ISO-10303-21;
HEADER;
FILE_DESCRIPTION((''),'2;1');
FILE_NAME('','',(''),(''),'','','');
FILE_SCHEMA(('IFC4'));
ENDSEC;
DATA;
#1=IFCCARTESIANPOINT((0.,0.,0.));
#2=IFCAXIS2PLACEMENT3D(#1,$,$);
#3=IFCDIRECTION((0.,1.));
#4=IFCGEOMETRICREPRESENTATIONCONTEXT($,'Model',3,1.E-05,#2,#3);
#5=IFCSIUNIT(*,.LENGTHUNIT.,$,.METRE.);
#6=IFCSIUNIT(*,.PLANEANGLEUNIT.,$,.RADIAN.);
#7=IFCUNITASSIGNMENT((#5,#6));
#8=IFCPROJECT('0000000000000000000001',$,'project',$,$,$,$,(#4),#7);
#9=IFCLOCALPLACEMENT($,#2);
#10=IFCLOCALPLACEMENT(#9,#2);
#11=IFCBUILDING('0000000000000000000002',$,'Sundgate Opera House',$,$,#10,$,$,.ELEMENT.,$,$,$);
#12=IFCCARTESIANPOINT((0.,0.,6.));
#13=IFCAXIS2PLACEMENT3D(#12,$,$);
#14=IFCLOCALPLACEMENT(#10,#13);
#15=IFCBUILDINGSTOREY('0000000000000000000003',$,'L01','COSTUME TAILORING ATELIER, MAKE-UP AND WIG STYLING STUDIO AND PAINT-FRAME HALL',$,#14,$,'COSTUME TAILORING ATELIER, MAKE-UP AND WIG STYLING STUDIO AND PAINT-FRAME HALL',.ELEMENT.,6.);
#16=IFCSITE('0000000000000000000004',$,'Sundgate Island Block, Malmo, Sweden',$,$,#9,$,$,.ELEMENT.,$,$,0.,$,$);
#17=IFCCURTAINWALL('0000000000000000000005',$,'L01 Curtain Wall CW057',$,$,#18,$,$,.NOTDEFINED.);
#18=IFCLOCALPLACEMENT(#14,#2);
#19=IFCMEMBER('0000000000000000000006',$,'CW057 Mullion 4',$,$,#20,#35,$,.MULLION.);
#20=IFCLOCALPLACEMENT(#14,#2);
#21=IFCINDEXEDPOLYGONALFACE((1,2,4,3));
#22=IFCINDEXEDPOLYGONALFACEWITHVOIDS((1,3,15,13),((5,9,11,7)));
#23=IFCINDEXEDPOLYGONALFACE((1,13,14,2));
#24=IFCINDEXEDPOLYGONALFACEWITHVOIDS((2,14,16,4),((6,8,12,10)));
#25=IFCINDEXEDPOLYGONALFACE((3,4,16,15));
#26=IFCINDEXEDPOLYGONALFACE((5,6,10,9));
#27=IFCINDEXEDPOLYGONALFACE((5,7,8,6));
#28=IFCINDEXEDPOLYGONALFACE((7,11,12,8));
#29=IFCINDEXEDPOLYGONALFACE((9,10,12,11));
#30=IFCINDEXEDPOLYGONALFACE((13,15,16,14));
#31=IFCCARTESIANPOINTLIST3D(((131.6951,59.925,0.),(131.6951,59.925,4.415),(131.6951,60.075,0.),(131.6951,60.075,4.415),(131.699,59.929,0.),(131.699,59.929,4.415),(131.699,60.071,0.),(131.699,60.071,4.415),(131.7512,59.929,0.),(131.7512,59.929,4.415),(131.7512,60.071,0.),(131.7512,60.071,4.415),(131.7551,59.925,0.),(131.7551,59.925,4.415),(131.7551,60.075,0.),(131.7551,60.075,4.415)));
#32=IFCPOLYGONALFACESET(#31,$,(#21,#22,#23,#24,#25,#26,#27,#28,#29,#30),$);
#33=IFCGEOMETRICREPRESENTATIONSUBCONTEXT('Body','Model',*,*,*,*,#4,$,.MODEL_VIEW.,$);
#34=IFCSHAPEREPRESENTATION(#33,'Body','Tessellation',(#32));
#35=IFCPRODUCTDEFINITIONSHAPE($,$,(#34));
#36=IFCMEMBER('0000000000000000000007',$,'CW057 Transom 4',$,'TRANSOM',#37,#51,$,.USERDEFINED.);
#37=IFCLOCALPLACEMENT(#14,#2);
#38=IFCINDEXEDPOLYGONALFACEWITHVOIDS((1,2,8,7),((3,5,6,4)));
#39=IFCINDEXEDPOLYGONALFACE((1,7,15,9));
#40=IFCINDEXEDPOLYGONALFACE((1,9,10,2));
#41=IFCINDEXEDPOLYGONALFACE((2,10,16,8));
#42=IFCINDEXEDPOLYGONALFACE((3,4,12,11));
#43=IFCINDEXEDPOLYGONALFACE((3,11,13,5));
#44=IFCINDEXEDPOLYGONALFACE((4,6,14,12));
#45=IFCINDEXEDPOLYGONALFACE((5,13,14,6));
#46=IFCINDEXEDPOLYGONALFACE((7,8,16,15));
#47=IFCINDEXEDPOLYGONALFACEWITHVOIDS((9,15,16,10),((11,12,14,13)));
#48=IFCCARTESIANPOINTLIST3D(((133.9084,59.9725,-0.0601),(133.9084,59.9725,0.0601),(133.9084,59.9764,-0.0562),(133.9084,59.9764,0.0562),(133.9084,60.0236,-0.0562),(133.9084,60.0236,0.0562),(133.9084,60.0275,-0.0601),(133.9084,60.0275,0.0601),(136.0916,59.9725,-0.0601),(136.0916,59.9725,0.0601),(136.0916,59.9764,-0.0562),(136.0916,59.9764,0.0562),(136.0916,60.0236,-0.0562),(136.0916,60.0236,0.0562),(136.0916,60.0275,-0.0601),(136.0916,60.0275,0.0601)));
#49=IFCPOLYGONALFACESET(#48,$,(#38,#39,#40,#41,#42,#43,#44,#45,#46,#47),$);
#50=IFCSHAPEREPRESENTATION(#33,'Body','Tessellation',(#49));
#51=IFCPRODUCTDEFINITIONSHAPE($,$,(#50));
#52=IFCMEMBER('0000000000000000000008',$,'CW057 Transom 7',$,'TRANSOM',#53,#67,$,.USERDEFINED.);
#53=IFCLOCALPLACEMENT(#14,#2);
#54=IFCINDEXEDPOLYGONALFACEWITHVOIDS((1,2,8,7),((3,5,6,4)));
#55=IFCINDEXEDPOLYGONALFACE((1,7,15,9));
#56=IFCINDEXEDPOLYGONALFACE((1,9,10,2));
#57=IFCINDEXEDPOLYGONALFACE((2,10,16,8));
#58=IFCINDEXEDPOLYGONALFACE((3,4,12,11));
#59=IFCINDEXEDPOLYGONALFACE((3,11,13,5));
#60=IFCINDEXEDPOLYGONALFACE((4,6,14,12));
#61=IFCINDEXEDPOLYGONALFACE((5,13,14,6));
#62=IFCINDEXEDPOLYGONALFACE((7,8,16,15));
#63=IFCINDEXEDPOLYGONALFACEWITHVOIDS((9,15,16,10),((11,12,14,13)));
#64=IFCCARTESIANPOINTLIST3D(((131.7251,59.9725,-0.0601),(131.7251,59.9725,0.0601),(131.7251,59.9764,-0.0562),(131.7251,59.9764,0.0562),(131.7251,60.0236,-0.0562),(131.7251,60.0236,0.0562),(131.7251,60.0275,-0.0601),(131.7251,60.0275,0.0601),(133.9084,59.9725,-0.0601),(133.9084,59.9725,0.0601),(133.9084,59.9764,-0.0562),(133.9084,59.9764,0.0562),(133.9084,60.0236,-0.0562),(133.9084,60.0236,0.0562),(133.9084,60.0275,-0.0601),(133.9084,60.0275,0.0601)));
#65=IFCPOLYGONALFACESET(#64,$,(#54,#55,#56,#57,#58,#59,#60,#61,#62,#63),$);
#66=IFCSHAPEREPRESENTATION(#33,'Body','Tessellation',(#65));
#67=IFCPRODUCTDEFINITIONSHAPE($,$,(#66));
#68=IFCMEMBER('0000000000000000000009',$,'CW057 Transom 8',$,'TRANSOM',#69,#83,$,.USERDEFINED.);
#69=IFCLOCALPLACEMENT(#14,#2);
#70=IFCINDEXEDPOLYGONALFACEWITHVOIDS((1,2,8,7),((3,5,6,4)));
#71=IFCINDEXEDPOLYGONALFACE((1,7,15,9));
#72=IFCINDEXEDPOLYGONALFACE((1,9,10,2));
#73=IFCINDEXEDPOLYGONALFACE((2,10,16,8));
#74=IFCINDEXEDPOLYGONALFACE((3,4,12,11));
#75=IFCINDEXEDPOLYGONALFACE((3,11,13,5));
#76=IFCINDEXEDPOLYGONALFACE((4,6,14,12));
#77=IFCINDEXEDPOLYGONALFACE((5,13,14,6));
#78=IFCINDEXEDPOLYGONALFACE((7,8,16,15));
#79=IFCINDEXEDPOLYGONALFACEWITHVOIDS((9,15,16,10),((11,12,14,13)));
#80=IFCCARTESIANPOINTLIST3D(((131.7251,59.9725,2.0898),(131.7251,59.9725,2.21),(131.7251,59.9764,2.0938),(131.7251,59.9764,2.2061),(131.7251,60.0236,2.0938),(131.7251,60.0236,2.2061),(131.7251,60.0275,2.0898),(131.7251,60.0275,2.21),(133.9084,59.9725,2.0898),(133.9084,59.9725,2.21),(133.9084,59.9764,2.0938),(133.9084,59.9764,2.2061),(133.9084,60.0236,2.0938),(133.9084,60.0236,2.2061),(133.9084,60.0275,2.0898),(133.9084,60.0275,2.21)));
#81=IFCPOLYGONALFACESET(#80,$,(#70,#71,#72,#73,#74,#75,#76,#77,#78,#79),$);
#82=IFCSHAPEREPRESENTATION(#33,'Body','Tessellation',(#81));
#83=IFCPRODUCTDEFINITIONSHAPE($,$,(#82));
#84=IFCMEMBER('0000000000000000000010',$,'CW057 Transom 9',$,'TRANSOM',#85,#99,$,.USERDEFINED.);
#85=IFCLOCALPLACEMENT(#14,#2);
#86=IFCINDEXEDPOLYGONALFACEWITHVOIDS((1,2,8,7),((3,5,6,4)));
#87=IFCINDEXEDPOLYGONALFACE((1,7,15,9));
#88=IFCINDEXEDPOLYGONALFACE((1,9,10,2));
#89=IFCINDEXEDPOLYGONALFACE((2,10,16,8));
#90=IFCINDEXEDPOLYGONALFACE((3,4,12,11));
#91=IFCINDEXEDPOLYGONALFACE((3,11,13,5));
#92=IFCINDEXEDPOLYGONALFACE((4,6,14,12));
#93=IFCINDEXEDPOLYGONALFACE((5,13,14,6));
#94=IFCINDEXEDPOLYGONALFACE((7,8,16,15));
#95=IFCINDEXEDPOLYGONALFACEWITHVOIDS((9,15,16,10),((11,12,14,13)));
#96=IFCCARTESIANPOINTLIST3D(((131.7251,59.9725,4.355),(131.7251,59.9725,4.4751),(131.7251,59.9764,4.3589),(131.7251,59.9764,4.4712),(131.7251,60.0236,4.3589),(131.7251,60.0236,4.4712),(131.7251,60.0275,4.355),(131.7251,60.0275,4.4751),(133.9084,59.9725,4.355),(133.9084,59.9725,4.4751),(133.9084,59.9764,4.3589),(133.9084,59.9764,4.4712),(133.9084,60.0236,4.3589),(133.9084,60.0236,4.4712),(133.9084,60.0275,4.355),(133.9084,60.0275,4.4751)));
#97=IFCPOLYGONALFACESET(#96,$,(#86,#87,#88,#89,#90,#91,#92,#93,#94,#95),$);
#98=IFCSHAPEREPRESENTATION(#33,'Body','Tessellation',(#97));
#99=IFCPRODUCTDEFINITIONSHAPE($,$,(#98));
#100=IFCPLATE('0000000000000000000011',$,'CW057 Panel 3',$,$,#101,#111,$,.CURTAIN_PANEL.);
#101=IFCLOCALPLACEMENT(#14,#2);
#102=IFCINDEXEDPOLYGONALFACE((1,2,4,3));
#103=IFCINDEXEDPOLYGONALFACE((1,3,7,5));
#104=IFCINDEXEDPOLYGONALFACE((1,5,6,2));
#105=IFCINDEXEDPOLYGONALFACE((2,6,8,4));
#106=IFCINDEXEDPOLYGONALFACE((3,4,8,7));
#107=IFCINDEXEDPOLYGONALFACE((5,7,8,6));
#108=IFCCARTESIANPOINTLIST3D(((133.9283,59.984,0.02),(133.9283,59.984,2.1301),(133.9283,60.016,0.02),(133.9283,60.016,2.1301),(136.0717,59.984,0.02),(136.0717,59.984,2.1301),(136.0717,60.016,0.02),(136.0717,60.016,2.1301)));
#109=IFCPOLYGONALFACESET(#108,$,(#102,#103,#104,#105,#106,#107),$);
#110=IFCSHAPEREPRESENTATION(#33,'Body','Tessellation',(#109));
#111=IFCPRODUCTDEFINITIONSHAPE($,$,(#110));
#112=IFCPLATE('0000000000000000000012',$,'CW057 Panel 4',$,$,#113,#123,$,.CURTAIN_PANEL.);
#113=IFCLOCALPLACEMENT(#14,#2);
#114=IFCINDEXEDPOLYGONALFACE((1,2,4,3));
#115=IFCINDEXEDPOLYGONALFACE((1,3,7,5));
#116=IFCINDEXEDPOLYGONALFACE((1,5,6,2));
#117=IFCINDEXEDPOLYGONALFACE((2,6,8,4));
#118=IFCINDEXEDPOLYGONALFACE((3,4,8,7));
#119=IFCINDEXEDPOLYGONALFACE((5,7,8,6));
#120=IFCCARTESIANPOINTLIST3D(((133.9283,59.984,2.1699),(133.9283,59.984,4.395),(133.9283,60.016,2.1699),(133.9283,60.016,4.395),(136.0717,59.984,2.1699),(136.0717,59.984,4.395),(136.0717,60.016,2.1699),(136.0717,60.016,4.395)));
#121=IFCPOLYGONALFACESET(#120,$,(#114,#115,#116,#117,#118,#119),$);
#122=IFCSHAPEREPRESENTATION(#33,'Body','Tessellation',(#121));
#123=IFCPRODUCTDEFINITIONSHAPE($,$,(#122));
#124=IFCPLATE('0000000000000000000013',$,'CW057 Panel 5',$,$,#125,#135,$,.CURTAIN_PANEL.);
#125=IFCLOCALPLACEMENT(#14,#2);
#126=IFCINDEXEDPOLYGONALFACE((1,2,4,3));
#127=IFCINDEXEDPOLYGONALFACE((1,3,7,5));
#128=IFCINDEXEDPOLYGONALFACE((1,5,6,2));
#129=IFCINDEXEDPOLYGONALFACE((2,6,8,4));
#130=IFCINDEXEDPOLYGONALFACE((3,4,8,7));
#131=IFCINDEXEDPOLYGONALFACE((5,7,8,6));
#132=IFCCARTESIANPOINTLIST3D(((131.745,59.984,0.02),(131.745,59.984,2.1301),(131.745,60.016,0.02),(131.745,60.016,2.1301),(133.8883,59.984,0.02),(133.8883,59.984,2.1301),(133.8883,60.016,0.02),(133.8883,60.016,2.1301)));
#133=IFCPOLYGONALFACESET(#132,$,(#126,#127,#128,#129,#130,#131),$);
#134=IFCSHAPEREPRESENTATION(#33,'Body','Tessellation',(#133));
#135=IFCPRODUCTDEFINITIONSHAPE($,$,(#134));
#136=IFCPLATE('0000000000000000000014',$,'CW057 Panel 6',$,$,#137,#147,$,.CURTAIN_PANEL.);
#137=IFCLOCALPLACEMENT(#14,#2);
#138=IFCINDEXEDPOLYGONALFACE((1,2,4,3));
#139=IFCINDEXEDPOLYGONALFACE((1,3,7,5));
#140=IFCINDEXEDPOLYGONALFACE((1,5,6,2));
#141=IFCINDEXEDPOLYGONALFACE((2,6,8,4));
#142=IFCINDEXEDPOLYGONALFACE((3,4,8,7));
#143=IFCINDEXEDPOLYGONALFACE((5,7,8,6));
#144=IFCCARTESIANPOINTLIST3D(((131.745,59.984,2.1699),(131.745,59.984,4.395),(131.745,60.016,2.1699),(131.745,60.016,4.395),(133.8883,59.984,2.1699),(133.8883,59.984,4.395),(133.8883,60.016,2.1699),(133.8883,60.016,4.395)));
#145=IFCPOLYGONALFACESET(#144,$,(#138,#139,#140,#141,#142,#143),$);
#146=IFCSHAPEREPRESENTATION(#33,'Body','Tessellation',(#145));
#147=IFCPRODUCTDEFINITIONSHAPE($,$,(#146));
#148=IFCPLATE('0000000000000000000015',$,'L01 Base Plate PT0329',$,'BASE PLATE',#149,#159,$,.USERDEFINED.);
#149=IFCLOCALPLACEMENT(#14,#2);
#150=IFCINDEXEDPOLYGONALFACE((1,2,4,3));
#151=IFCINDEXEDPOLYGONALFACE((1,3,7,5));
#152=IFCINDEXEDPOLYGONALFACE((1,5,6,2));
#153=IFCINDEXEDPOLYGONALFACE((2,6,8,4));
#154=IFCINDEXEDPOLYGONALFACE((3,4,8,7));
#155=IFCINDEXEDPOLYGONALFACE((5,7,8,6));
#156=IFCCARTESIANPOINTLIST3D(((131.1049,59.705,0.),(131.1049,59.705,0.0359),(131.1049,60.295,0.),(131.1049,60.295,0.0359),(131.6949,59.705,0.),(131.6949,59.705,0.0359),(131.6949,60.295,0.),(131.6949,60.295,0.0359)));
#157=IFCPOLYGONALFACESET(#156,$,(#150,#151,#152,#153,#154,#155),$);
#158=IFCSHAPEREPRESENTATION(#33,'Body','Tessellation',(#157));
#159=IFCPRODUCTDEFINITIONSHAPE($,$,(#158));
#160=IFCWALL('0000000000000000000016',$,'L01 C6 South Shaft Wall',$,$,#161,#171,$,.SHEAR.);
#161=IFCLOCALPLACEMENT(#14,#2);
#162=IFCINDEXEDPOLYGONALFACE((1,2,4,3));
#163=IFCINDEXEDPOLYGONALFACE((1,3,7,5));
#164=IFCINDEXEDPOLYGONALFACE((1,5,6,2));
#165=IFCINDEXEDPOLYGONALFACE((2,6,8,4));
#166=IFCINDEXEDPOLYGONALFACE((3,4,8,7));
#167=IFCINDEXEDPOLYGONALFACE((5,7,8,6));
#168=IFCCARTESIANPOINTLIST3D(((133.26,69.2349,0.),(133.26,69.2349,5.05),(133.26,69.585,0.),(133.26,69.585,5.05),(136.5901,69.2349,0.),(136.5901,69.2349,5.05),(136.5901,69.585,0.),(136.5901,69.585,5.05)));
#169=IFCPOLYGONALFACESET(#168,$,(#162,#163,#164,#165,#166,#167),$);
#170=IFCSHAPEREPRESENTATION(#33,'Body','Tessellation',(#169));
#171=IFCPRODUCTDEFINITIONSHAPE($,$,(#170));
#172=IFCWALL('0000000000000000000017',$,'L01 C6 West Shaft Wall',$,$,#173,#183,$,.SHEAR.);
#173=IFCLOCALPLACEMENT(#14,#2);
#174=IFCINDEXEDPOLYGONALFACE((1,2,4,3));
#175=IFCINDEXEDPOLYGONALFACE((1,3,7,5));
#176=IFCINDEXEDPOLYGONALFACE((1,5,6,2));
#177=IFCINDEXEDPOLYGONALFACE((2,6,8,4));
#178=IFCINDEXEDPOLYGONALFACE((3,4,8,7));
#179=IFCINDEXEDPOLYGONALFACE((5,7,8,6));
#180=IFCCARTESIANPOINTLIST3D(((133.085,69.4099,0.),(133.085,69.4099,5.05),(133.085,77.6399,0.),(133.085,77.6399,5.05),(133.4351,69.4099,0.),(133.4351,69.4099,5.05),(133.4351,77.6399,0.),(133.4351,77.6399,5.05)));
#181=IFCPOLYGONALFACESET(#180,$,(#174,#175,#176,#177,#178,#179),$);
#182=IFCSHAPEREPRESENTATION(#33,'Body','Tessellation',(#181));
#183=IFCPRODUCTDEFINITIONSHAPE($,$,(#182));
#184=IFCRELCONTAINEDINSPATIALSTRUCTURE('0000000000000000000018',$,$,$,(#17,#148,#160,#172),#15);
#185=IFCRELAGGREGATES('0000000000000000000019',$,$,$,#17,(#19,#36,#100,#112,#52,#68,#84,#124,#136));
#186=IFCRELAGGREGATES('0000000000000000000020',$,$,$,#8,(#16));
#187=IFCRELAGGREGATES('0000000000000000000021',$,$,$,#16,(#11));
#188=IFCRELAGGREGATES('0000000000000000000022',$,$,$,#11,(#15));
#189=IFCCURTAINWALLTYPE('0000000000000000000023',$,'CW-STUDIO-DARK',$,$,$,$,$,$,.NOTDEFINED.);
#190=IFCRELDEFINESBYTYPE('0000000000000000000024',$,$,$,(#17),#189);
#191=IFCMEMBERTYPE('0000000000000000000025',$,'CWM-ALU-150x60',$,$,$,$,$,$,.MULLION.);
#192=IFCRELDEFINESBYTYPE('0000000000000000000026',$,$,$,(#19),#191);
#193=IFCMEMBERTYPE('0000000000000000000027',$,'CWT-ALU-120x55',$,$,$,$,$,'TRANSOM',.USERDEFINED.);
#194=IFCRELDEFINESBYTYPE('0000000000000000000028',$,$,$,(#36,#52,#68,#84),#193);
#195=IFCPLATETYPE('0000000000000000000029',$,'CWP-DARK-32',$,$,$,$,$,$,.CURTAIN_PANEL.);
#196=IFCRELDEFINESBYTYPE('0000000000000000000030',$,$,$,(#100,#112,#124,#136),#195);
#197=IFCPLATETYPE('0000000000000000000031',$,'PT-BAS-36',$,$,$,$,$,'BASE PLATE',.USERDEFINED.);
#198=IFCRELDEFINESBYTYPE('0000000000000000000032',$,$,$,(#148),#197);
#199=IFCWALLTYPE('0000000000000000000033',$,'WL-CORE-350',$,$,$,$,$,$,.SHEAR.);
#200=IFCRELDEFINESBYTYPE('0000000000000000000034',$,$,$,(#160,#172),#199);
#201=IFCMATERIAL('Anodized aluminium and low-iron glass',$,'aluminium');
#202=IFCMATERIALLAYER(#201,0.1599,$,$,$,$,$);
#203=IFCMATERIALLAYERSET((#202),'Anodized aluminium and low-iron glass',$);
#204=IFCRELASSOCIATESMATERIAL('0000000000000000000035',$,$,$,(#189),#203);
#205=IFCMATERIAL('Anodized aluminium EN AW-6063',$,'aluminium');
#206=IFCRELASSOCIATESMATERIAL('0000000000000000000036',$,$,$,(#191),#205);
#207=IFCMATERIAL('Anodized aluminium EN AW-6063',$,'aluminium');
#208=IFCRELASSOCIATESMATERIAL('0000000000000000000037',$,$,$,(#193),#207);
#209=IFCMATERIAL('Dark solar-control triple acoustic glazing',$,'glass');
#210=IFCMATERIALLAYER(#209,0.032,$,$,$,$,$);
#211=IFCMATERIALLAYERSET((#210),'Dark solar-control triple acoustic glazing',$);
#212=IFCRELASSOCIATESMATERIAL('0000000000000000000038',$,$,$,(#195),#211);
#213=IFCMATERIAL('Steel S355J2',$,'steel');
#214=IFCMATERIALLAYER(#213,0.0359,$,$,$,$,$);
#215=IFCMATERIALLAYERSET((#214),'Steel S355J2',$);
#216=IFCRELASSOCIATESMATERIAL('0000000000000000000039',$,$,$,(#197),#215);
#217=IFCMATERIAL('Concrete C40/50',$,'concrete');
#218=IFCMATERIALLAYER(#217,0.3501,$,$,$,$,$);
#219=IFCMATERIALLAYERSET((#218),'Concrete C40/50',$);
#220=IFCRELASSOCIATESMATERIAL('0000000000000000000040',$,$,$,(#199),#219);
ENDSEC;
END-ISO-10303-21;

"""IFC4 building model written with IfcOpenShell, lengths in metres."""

from ifc_helpers import new_model, si_unit, direction, frame, frame_2d, origin, origin_2d, place, context, subcontext, project, spatial, rectangle, hollow_rectangle, extrude, material, layer, layer_set, material_profile, profile_set, type_object, element, aggregate, save


model = new_model("IFC4")

# Units and contexts
model_context = context("Model", 3, precision=1e-05, world=origin(), true_north=direction((0.0, 1.0)))
body_context = subcontext(model_context, "Body", "Model", "MODEL_VIEW")
ifc_project = project(units=[si_unit("LENGTHUNIT", "METRE"), si_unit("PLANEANGLEUNIT", "RADIAN")], contexts=[model_context])

# Site, building, storey
site_placement = place(None, origin())
site = spatial("IfcSite", under=ifc_project, at=site_placement, Name="Sundgate Island Block, Malmo, Sweden", CompositionType="ELEMENT", RefElevation=0.0)
building_placement = place(site_placement, origin())
building = spatial("IfcBuilding", under=site, at=building_placement, Name="Sundgate Opera House", CompositionType="ELEMENT")
storey_placement = place(building_placement, frame((0.0, 0.0, 6.0)))
storey = spatial("IfcBuildingStorey", under=building, at=storey_placement, Name="L01", Description="COSTUME TAILORING ATELIER, MAKE-UP AND WIG STYLING STUDIO AND PAINT-FRAME HALL", LongName="COSTUME TAILORING ATELIER, MAKE-UP AND WIG STYLING STUDIO AND PAINT-FRAME HALL", CompositionType="ELEMENT", Elevation=6.0)

# Curtain wall, members, plates
ifc_material_1 = material(Name="Anodized aluminium and low-iron glass", Category="aluminium")
ifc_layer_1 = layer(ifc_material_1, 0.1599)
ifc_layer_set_1 = layer_set([ifc_layer_1], Name="Anodized aluminium and low-iron glass")
curtain_wall_type = type_object("IfcCurtainWallType", Name="CW-STUDIO-DARK", PredefinedType="NOTDEFINED", material=ifc_layer_set_1)
curtain_wall_placement = place(storey_placement, origin())
curtain_wall = element("IfcCurtainWall", 1, at=curtain_wall_placement, inside=storey, type_object=curtain_wall_type, Name="L01 Curtain Wall CW057", PredefinedType="NOTDEFINED")
ifc_material_2 = material(Name="Anodized aluminium EN AW-6063", Category="aluminium")
ifc_material_profile_1 = material_profile(ifc_material_2, hollow_rectangle(XDim=0.0601, YDim=0.1499, WallThickness=0.0039, at=origin_2d()), Name="CWM 150x60x4")
ifc_profile_set_1 = profile_set([ifc_material_profile_1], Name="Anodized aluminium EN AW-6063")
member_type_1 = type_object("IfcMemberType", Name="CWM-ALU-150x60", PredefinedType="MULLION", material=ifc_profile_set_1)
member_1_placement = place(storey_placement, frame((131.7251, 60.0, 0.0), z_axis=(0.0, 0.0, 1.0), x_axis=(1.0, 0.0, 0.0)))
member_1 = element("IfcMember", 2, at=member_1_placement, type_object=member_type_1, Name="CW057 Mullion 4", PredefinedType="MULLION", context=body_context, shape_type="SweptSolid", body=[
    extrude(hollow_rectangle(XDim=0.0601, YDim=0.1499, WallThickness=0.0039, at=origin_2d()), origin(), (0.0, 0.0, 1.0), 4.415),
])
ifc_material_3 = material(Name="Anodized aluminium EN AW-6063", Category="aluminium")
ifc_material_profile_2 = material_profile(ifc_material_3, hollow_rectangle(XDim=0.0549, YDim=0.1201, WallThickness=0.0039, at=origin_2d()), Name="CWT 120x55x4")
ifc_profile_set_2 = profile_set([ifc_material_profile_2], Name="Anodized aluminium EN AW-6063")
member_type_2 = type_object("IfcMemberType", Name="CWT-ALU-120x55", ElementType="TRANSOM", PredefinedType="USERDEFINED", material=ifc_profile_set_2)
member_2_placement = place(storey_placement, frame((136.0916, 60.0, 0.0), z_axis=(-1.0, 0.0, 0.0), x_axis=(0.0, -1.0, 0.0)))
member_2 = element("IfcMember", 3, at=member_2_placement, type_object=member_type_2, Name="CW057 Transom 4", ObjectType="TRANSOM", PredefinedType="USERDEFINED", context=body_context, shape_type="SweptSolid", body=[
    extrude(hollow_rectangle(XDim=0.0549, YDim=0.1201, WallThickness=0.0039, at=origin_2d()), origin(), (0.0, 0.0, 1.0), 2.1831),
])
member_3_placement = place(storey_placement, frame((133.9084, 60.0, 0.0), z_axis=(-1.0, 0.0, 0.0), x_axis=(0.0, -1.0, 0.0)))
member_3 = element("IfcMember", 4, at=member_3_placement, type_object=member_type_2, Name="CW057 Transom 7", ObjectType="TRANSOM", PredefinedType="USERDEFINED", context=body_context, shape_type="SweptSolid", body=[
    extrude(hollow_rectangle(XDim=0.0549, YDim=0.1201, WallThickness=0.0039, at=origin_2d()), origin(), (0.0, 0.0, 1.0), 2.1833),
])
member_4_placement = place(storey_placement, frame((133.9084, 60.0, 2.1499), z_axis=(-1.0, 0.0, 0.0), x_axis=(0.0, -1.0, 0.0)))
member_4 = element("IfcMember", 5, at=member_4_placement, type_object=member_type_2, Name="CW057 Transom 8", ObjectType="TRANSOM", PredefinedType="USERDEFINED", context=body_context, shape_type="SweptSolid", body=[
    extrude(hollow_rectangle(XDim=0.0549, YDim=0.1201, WallThickness=0.0039, at=origin_2d()), origin(), (0.0, 0.0, 1.0), 2.1833),
])
member_5_placement = place(storey_placement, frame((133.9084, 60.0, 4.415), z_axis=(-1.0, 0.0, 0.0), x_axis=(0.0, -1.0, 0.0)))
member_5 = element("IfcMember", 6, at=member_5_placement, type_object=member_type_2, Name="CW057 Transom 9", ObjectType="TRANSOM", PredefinedType="USERDEFINED", context=body_context, shape_type="SweptSolid", body=[
    extrude(hollow_rectangle(XDim=0.0549, YDim=0.1201, WallThickness=0.0039, at=origin_2d()), origin(), (0.0, 0.0, 1.0), 2.1833),
])
ifc_material_4 = material(Name="Dark solar-control triple acoustic glazing", Category="glass")
ifc_layer_2 = layer(ifc_material_4, 0.032)
ifc_layer_set_2 = layer_set([ifc_layer_2], Name="Dark solar-control triple acoustic glazing")
plate_type_1 = type_object("IfcPlateType", Name="CWP-DARK-32", PredefinedType="CURTAIN_PANEL", material=ifc_layer_set_2)
plate_1_placement = place(storey_placement, frame((135.0, 60.0, 0.02), z_axis=(0.0, 0.0, 1.0), x_axis=(-1.0, 0.0, 0.0)))
plate_1 = element("IfcPlate", 7, at=plate_1_placement, type_object=plate_type_1, Name="CW057 Panel 3", PredefinedType="CURTAIN_PANEL", context=body_context, shape_type="SweptSolid", body=[
    extrude(rectangle(XDim=2.1433, YDim=0.032, at=origin_2d()), origin(), (0.0, 0.0, 1.0), 2.1101),
])
plate_2_placement = place(storey_placement, frame((135.0, 60.0, 2.1699), z_axis=(0.0, 0.0, 1.0), x_axis=(-1.0, 0.0, 0.0)))
plate_2 = element("IfcPlate", 8, at=plate_2_placement, type_object=plate_type_1, Name="CW057 Panel 4", PredefinedType="CURTAIN_PANEL", context=body_context, shape_type="SweptSolid", body=[
    extrude(rectangle(XDim=2.1433, YDim=0.032, at=origin_2d()), origin(), (0.0, 0.0, 1.0), 2.2251),
])
plate_3_placement = place(storey_placement, frame((132.8167, 60.0, 0.02), z_axis=(0.0, 0.0, 1.0), x_axis=(-1.0, 0.0, 0.0)))
plate_3 = element("IfcPlate", 9, at=plate_3_placement, type_object=plate_type_1, Name="CW057 Panel 5", PredefinedType="CURTAIN_PANEL", context=body_context, shape_type="SweptSolid", body=[
    extrude(rectangle(XDim=2.1433, YDim=0.032, at=origin_2d()), origin(), (0.0, 0.0, 1.0), 2.1101),
])
plate_4_placement = place(storey_placement, frame((132.8167, 60.0, 2.1699), z_axis=(0.0, 0.0, 1.0), x_axis=(-1.0, 0.0, 0.0)))
plate_4 = element("IfcPlate", 10, at=plate_4_placement, type_object=plate_type_1, Name="CW057 Panel 6", PredefinedType="CURTAIN_PANEL", context=body_context, shape_type="SweptSolid", body=[
    extrude(rectangle(XDim=2.1433, YDim=0.032, at=origin_2d()), origin(), (0.0, 0.0, 1.0), 2.2251),
])
aggregate(curtain_wall, [member_1, member_2, plate_1, plate_2, member_3, member_4, member_5, plate_3, plate_4])

# Plate
ifc_material_5 = material(Name="Steel S355J2", Category="steel")
ifc_layer_3 = layer(ifc_material_5, 0.0359)
ifc_layer_set_3 = layer_set([ifc_layer_3], Name="Steel S355J2")
plate_type_2 = type_object("IfcPlateType", Name="PT-BAS-36", ElementType="BASE PLATE", PredefinedType="USERDEFINED", material=ifc_layer_set_3)
plate_5_placement = place(storey_placement, frame((131.3999, 60.0, 0.0), z_axis=(0.0, 0.0, 1.0), x_axis=(1.0, 0.0, 0.0)))
element("IfcPlate", 11, at=plate_5_placement, inside=storey, type_object=plate_type_2, Name="L01 Base Plate PT0329", ObjectType="BASE PLATE", PredefinedType="USERDEFINED", context=body_context, shape_type="SweptSolid", body=[
    extrude(rectangle(XDim=0.5901, YDim=0.5901, at=origin_2d()), origin(), (0.0, 0.0, 1.0), 0.0359),
])

# Walls
ifc_material_6 = material(Name="Concrete C40/50", Category="concrete")
ifc_layer_4 = layer(ifc_material_6, 0.3501)
ifc_layer_set_4 = layer_set([ifc_layer_4], Name="Concrete C40/50")
wall_type = type_object("IfcWallType", Name="WL-CORE-350", PredefinedType="SHEAR", material=ifc_layer_set_4)
wall_1_placement = place(storey_placement, frame((133.26, 69.4099, 0.0), z_axis=(0.0, 0.0, 1.0), x_axis=(1.0, 0.0, 0.0)))
element("IfcWall", 12, at=wall_1_placement, inside=storey, type_object=wall_type, Name="L01 C6 South Shaft Wall", PredefinedType="SHEAR", context=body_context, shape_type="SweptSolid", body=[
    extrude(rectangle(XDim=3.3301, YDim=0.3501, at=frame_2d((1.665, 0.0))), origin(), (0.0, 0.0, 1.0), 5.05),
])
wall_2_placement = place(storey_placement, frame((133.26, 69.4099, 0.0), z_axis=(0.0, 0.0, 1.0), x_axis=(0.0, 1.0, 0.0)))
element("IfcWall", 13, at=wall_2_placement, inside=storey, type_object=wall_type, Name="L01 C6 West Shaft Wall", PredefinedType="SHEAR", context=body_context, shape_type="SweptSolid", body=[
    extrude(rectangle(XDim=8.23, YDim=0.3501, at=frame_2d((4.115, 0.0))), origin(), (0.0, 0.0, 1.0), 5.05),
])

save(model, "model.ifc")
